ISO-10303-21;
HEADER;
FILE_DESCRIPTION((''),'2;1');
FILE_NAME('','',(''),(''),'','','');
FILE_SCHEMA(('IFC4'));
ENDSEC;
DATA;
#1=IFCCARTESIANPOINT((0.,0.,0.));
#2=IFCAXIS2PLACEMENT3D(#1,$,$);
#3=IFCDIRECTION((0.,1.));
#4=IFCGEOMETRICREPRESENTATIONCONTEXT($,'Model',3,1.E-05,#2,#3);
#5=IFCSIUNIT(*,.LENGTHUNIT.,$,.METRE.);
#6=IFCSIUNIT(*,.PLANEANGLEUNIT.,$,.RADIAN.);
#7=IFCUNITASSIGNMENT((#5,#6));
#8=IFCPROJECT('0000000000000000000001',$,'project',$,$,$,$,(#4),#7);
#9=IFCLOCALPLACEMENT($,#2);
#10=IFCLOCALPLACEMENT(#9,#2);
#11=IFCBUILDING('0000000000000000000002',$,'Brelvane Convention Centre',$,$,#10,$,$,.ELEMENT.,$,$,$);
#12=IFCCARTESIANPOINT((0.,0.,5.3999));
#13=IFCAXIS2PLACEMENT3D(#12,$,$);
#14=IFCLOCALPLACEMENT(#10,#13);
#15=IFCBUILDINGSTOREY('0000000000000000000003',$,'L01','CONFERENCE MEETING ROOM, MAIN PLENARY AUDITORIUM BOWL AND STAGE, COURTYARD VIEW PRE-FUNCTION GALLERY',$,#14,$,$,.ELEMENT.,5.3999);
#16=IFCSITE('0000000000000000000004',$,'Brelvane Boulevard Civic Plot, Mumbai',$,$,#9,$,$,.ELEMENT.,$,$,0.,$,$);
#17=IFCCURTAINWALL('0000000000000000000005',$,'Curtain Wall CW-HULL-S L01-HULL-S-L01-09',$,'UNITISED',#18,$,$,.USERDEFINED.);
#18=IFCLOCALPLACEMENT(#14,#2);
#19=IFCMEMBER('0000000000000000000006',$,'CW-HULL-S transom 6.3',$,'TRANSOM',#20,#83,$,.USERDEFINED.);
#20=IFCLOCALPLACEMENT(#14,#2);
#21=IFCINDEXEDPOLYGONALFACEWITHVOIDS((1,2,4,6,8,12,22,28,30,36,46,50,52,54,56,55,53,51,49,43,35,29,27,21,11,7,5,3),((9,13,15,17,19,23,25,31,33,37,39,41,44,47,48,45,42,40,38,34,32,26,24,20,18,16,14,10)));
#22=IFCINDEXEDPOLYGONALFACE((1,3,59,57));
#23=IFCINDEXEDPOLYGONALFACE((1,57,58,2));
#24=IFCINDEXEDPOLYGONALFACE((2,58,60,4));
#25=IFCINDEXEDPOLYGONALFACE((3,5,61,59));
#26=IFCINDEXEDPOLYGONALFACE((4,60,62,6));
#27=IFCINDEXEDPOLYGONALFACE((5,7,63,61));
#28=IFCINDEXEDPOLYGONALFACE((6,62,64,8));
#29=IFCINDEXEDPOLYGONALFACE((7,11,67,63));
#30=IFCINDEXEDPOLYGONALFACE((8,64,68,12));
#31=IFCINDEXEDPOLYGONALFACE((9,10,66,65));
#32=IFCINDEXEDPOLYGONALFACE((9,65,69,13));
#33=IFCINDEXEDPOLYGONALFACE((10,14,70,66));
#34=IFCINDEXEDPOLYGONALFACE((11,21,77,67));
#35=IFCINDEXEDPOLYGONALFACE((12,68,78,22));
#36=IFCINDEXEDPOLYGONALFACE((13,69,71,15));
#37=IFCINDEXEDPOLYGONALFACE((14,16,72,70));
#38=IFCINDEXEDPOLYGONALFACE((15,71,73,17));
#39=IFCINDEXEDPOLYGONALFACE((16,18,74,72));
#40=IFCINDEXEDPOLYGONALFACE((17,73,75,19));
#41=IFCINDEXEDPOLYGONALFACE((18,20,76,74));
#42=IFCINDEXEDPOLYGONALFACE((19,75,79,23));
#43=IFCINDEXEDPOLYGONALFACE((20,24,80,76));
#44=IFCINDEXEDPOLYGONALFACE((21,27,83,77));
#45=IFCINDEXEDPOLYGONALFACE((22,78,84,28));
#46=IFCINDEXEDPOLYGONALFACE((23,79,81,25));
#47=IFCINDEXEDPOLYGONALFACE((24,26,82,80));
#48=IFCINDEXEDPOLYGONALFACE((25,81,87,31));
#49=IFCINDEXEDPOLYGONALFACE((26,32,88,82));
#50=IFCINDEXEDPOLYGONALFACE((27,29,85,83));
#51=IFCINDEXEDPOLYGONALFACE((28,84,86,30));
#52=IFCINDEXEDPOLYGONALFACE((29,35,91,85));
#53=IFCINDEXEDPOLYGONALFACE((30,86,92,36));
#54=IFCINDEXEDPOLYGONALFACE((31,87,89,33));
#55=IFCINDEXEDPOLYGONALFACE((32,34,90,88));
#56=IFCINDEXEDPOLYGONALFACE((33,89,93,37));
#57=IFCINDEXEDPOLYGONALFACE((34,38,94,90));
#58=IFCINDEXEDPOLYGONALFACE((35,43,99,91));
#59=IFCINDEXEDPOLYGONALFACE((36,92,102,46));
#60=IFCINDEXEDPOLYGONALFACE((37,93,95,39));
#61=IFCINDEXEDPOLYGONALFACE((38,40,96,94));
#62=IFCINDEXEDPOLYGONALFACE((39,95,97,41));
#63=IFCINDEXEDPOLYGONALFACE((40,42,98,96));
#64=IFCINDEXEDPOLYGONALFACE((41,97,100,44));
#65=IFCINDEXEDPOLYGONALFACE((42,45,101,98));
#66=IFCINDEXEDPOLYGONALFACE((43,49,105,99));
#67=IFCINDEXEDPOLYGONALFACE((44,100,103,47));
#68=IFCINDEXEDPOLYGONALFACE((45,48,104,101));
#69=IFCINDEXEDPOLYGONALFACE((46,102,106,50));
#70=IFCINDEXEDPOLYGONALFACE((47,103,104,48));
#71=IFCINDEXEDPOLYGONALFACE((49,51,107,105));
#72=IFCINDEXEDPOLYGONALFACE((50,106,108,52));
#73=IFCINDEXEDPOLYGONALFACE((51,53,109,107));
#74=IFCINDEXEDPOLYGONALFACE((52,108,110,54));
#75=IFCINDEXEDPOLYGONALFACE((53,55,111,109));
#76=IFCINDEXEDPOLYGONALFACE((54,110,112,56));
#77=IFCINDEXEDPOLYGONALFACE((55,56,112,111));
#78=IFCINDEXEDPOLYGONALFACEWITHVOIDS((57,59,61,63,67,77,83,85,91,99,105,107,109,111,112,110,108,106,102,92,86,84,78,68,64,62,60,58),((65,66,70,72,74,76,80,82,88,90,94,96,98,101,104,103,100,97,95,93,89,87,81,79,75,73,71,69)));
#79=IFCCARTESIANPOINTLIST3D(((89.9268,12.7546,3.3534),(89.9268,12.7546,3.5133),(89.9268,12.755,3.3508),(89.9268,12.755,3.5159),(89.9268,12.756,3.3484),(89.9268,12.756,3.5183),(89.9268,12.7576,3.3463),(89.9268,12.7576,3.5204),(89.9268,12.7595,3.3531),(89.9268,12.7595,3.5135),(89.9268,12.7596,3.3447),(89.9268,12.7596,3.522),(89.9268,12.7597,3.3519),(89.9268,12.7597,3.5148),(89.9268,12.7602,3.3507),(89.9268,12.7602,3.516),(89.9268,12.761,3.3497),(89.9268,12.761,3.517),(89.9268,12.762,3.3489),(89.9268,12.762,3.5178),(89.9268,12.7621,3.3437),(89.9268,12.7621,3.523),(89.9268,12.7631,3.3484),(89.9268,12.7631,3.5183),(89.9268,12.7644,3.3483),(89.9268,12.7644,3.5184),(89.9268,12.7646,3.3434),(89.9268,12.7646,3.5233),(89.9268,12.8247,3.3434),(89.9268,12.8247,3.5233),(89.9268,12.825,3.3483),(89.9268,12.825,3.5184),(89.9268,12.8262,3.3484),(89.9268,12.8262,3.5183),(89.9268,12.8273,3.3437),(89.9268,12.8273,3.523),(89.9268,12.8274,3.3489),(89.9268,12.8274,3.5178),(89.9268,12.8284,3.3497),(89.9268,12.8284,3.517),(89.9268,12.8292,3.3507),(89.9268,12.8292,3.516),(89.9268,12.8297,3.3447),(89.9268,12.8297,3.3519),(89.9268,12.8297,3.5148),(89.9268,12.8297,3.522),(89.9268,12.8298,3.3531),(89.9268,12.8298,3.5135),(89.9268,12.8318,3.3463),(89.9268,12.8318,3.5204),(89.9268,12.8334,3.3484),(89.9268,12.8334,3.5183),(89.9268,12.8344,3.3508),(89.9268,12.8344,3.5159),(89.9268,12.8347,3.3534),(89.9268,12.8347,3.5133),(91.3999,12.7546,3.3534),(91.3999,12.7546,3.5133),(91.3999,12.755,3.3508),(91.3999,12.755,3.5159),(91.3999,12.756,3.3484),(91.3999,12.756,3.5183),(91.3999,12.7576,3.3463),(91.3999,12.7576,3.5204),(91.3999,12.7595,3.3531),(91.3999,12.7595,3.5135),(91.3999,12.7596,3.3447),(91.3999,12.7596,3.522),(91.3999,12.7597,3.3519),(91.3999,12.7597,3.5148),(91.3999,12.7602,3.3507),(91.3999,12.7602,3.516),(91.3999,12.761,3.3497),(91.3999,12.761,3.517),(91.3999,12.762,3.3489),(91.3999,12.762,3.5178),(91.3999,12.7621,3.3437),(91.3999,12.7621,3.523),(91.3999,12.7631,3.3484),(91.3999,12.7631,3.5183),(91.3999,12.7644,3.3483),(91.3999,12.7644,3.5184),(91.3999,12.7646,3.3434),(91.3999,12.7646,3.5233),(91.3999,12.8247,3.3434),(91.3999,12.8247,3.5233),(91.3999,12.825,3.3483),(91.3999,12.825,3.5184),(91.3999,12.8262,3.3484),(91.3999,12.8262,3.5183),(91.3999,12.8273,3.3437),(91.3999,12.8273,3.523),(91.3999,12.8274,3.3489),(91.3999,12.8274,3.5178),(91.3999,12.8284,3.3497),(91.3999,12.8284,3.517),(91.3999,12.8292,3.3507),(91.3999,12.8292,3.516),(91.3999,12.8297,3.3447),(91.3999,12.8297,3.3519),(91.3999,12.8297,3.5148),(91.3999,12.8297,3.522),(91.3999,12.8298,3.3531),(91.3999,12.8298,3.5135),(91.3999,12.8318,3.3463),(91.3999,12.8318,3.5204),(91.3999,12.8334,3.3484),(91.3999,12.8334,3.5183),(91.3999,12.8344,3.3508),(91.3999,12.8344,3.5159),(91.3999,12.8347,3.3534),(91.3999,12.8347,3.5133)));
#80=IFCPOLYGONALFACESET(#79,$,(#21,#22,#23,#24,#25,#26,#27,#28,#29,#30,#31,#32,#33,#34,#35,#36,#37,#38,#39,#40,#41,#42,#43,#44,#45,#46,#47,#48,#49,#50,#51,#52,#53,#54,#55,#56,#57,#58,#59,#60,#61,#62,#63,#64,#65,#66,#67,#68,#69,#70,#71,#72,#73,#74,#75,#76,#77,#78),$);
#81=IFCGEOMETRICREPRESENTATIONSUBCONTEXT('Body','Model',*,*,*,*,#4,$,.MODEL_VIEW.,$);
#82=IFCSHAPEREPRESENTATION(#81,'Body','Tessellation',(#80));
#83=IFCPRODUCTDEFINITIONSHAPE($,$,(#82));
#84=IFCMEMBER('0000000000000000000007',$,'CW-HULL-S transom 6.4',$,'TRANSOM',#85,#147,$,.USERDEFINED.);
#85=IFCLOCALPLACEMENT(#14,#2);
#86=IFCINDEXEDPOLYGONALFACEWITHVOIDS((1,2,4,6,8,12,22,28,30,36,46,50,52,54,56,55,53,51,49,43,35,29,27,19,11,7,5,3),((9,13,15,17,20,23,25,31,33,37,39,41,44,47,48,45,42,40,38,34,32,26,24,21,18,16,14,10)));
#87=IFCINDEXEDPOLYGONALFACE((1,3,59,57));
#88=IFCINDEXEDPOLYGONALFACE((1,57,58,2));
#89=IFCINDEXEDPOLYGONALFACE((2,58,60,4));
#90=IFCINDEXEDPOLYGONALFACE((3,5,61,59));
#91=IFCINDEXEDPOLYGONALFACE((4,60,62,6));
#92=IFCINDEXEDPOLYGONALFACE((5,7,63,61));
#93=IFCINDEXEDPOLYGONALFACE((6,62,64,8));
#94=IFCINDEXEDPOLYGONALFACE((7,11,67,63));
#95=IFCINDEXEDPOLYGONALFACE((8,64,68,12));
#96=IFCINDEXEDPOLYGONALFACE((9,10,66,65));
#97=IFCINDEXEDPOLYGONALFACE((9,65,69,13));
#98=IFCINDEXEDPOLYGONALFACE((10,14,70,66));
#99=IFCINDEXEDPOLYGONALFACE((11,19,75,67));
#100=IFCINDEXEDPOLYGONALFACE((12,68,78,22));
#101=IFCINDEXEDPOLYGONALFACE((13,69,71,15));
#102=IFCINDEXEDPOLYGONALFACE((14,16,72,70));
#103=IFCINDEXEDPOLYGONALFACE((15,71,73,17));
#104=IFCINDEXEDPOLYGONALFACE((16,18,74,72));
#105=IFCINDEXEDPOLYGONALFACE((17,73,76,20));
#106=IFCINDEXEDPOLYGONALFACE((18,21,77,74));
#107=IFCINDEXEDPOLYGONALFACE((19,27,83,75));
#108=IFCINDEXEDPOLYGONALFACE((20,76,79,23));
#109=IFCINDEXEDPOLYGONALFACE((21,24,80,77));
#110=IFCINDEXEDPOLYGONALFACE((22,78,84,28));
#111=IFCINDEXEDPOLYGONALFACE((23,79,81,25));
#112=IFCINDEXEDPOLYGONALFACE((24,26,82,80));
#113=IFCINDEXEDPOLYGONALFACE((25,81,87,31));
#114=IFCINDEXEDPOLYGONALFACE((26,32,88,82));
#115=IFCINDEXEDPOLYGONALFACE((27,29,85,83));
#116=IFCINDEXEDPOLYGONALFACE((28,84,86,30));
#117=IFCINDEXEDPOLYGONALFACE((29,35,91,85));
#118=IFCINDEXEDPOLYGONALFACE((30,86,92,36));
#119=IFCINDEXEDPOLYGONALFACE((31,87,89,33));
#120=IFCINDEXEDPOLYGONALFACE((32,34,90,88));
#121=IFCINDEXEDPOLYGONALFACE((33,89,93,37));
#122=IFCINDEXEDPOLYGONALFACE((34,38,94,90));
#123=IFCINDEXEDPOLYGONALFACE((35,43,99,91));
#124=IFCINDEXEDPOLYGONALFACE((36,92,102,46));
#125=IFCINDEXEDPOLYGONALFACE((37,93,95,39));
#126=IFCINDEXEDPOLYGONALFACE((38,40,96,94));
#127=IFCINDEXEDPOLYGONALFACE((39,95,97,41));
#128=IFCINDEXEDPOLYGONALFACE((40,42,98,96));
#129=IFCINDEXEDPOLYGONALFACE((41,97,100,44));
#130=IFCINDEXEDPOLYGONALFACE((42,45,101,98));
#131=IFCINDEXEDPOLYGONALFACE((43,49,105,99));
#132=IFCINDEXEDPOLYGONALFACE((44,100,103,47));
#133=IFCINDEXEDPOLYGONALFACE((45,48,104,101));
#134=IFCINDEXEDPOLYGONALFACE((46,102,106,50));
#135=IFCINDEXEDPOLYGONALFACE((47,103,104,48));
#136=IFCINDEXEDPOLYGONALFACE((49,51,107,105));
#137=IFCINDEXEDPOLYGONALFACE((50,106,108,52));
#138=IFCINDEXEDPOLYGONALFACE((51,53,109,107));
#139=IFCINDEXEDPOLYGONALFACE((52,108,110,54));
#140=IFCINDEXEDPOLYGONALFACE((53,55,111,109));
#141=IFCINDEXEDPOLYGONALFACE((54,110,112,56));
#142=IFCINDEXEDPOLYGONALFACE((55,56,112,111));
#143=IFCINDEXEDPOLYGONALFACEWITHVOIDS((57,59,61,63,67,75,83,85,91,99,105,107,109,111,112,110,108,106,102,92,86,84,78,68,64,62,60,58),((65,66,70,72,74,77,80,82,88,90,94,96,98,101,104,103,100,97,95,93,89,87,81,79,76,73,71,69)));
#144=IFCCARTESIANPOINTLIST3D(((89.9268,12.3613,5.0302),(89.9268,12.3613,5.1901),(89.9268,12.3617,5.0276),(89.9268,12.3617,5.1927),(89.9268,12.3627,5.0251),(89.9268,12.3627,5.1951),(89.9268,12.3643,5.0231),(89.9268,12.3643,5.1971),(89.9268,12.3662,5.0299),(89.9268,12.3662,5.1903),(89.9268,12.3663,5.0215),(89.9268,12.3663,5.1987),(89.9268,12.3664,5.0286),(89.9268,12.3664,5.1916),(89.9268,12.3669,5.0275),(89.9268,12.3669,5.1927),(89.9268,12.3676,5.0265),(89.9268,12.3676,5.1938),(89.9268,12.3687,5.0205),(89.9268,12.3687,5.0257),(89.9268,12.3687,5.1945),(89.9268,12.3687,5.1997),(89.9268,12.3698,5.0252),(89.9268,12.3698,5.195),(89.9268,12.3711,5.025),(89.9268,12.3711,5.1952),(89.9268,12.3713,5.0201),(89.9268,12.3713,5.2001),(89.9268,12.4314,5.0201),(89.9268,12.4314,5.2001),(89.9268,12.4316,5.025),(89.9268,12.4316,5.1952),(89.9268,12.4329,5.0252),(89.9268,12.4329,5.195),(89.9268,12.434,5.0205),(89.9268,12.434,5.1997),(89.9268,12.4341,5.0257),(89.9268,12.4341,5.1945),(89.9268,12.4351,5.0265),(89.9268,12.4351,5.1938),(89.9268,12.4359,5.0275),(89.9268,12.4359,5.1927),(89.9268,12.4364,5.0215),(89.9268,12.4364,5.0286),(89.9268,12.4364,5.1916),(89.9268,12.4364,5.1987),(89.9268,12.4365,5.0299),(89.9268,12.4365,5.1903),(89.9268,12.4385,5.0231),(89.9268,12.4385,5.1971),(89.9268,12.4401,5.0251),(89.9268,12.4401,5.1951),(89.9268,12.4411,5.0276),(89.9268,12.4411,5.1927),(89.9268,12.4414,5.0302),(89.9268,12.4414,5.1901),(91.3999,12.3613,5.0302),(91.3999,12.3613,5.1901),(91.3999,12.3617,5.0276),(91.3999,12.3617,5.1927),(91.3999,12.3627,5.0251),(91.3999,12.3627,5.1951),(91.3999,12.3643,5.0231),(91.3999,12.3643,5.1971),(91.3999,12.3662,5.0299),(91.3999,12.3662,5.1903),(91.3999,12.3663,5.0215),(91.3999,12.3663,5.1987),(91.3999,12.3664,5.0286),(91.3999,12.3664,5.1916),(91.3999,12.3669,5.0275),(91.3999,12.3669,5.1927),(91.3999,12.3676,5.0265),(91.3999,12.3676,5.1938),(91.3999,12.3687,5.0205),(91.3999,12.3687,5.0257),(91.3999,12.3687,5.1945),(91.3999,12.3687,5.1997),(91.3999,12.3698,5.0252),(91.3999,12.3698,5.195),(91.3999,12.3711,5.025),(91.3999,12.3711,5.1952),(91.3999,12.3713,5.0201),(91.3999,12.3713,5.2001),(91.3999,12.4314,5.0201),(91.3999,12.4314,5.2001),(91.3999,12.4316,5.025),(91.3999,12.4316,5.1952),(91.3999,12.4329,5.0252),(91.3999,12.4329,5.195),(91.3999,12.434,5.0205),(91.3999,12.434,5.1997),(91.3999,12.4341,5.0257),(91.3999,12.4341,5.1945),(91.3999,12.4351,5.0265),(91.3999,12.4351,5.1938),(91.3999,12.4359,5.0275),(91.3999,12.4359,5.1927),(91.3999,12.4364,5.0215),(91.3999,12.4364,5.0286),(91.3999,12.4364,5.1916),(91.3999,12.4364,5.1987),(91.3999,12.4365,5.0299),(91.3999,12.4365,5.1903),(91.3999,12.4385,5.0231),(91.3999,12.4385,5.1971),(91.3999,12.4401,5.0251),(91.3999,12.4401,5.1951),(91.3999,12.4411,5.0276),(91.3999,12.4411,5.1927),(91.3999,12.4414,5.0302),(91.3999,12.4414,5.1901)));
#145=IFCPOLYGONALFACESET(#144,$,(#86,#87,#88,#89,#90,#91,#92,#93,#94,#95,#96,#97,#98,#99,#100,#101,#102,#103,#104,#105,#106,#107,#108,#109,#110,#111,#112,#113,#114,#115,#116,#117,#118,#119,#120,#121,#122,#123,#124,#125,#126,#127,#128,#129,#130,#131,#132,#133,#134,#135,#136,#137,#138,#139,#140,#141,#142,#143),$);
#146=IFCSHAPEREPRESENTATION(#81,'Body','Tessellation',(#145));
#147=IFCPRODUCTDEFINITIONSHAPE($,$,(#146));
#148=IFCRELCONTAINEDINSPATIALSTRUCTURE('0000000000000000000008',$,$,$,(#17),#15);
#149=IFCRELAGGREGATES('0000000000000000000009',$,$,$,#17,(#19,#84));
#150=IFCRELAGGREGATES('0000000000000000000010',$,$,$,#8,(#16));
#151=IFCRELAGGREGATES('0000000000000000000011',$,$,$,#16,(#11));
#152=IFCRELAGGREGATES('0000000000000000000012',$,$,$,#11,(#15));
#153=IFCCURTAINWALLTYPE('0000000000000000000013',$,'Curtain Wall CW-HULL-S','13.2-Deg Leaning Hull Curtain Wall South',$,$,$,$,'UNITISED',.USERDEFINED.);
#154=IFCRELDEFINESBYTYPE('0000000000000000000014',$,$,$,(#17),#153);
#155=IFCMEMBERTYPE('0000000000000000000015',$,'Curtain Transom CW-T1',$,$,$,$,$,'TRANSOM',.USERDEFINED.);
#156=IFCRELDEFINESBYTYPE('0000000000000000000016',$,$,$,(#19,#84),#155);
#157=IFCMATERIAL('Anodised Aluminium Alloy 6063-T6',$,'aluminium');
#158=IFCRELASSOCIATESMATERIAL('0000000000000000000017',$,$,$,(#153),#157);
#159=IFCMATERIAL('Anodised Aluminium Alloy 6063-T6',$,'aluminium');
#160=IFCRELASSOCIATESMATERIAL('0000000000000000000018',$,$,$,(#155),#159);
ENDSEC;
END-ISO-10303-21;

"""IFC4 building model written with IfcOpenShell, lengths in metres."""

from ifc_helpers import new_model, si_unit, direction, frame, origin, origin_2d, place, context, subcontext, project, spatial, hollow_rectangle, extrude, material, material_profile, profile_set, type_object, element, aggregate, save


model = new_model("IFC4")

# Units and contexts
model_context = context("Model", 3, precision=1e-05, world=origin(), true_north=direction((0.0, 1.0)))
body_context = subcontext(model_context, "Body", "Model", "MODEL_VIEW")
ifc_project = project(units=[si_unit("LENGTHUNIT", "METRE"), si_unit("PLANEANGLEUNIT", "RADIAN")], contexts=[model_context])

# Site, building, storey
site_placement = place(None, origin())
site = spatial("IfcSite", under=ifc_project, at=site_placement, Name="Brelvane Boulevard Civic Plot, Mumbai", CompositionType="ELEMENT", RefElevation=0.0)
building_placement = place(site_placement, origin())
building = spatial("IfcBuilding", under=site, at=building_placement, Name="Brelvane Convention Centre", CompositionType="ELEMENT")
storey_placement = place(building_placement, frame((0.0, 0.0, 5.3999)))
storey = spatial("IfcBuildingStorey", under=building, at=storey_placement, Name="L01", Description="CONFERENCE MEETING ROOM, MAIN PLENARY AUDITORIUM BOWL AND STAGE, COURTYARD VIEW PRE-FUNCTION GALLERY", CompositionType="ELEMENT", Elevation=5.3999)

# Curtain wall, members
ifc_material_1 = material(Name="Anodised Aluminium Alloy 6063-T6", Category="aluminium")
curtain_wall_type = type_object("IfcCurtainWallType", Name="Curtain Wall CW-HULL-S", Description="13.2-Deg Leaning Hull Curtain Wall South", ElementType="UNITISED", PredefinedType="USERDEFINED", material=ifc_material_1)
curtain_wall_1_placement = place(storey_placement, origin())
curtain_wall_1 = element("IfcCurtainWall", 1, at=curtain_wall_1_placement, inside=storey, type_object=curtain_wall_type, Name="Curtain Wall CW-HULL-S L01-HULL-S-L01-09", ObjectType="UNITISED", PredefinedType="USERDEFINED")
ifc_material_2 = material(Name="Anodised Aluminium Alloy 6063-T6", Category="aluminium")
ifc_material_profile = material_profile(ifc_material_2, hollow_rectangle(XDim=0.0801, YDim=0.1799, WallThickness=0.0049, InnerFilletRadius=0.0049, OuterFilletRadius=0.01, at=origin_2d()), Name="ALU-T 180x80x5.0")
ifc_profile_set = profile_set([ifc_material_profile], Name="Anodised Aluminium Alloy 6063-T6")
member_type = type_object("IfcMemberType", Name="Curtain Transom CW-T1", ElementType="TRANSOM", PredefinedType="USERDEFINED", material=ifc_profile_set)
member_1_placement = place(storey_placement, frame((89.9268, 12.7947, 3.4333), z_axis=(1.0, 0.0, 0.0), x_axis=(0.0, 1.0, 0.0)))
member_1 = element("IfcMember", 2, at=member_1_placement, type_object=member_type, Name="CW-HULL-S transom 6.3", ObjectType="TRANSOM", PredefinedType="USERDEFINED", context=body_context, shape_type="SweptSolid", body=[
    extrude(hollow_rectangle(XDim=0.0801, YDim=0.1799, WallThickness=0.0049, InnerFilletRadius=0.0049, OuterFilletRadius=0.01, at=origin_2d()), origin(), (0.0, 0.0, 1.0), 1.4731),
])
member_2_placement = place(storey_placement, frame((89.9268, 12.4014, 5.1101), z_axis=(1.0, 0.0, 0.0), x_axis=(0.0, 1.0, 0.0)))
member_2 = element("IfcMember", 3, at=member_2_placement, type_object=member_type, Name="CW-HULL-S transom 6.4", ObjectType="TRANSOM", PredefinedType="USERDEFINED", context=body_context, shape_type="SweptSolid", body=[
    extrude(hollow_rectangle(XDim=0.0801, YDim=0.1799, WallThickness=0.0049, InnerFilletRadius=0.0049, OuterFilletRadius=0.01, at=origin_2d()), origin(), (0.0, 0.0, 1.0), 1.4731),
])

aggregate(curtain_wall_1, [member_1, member_2])

save(model, "model.ifc")
